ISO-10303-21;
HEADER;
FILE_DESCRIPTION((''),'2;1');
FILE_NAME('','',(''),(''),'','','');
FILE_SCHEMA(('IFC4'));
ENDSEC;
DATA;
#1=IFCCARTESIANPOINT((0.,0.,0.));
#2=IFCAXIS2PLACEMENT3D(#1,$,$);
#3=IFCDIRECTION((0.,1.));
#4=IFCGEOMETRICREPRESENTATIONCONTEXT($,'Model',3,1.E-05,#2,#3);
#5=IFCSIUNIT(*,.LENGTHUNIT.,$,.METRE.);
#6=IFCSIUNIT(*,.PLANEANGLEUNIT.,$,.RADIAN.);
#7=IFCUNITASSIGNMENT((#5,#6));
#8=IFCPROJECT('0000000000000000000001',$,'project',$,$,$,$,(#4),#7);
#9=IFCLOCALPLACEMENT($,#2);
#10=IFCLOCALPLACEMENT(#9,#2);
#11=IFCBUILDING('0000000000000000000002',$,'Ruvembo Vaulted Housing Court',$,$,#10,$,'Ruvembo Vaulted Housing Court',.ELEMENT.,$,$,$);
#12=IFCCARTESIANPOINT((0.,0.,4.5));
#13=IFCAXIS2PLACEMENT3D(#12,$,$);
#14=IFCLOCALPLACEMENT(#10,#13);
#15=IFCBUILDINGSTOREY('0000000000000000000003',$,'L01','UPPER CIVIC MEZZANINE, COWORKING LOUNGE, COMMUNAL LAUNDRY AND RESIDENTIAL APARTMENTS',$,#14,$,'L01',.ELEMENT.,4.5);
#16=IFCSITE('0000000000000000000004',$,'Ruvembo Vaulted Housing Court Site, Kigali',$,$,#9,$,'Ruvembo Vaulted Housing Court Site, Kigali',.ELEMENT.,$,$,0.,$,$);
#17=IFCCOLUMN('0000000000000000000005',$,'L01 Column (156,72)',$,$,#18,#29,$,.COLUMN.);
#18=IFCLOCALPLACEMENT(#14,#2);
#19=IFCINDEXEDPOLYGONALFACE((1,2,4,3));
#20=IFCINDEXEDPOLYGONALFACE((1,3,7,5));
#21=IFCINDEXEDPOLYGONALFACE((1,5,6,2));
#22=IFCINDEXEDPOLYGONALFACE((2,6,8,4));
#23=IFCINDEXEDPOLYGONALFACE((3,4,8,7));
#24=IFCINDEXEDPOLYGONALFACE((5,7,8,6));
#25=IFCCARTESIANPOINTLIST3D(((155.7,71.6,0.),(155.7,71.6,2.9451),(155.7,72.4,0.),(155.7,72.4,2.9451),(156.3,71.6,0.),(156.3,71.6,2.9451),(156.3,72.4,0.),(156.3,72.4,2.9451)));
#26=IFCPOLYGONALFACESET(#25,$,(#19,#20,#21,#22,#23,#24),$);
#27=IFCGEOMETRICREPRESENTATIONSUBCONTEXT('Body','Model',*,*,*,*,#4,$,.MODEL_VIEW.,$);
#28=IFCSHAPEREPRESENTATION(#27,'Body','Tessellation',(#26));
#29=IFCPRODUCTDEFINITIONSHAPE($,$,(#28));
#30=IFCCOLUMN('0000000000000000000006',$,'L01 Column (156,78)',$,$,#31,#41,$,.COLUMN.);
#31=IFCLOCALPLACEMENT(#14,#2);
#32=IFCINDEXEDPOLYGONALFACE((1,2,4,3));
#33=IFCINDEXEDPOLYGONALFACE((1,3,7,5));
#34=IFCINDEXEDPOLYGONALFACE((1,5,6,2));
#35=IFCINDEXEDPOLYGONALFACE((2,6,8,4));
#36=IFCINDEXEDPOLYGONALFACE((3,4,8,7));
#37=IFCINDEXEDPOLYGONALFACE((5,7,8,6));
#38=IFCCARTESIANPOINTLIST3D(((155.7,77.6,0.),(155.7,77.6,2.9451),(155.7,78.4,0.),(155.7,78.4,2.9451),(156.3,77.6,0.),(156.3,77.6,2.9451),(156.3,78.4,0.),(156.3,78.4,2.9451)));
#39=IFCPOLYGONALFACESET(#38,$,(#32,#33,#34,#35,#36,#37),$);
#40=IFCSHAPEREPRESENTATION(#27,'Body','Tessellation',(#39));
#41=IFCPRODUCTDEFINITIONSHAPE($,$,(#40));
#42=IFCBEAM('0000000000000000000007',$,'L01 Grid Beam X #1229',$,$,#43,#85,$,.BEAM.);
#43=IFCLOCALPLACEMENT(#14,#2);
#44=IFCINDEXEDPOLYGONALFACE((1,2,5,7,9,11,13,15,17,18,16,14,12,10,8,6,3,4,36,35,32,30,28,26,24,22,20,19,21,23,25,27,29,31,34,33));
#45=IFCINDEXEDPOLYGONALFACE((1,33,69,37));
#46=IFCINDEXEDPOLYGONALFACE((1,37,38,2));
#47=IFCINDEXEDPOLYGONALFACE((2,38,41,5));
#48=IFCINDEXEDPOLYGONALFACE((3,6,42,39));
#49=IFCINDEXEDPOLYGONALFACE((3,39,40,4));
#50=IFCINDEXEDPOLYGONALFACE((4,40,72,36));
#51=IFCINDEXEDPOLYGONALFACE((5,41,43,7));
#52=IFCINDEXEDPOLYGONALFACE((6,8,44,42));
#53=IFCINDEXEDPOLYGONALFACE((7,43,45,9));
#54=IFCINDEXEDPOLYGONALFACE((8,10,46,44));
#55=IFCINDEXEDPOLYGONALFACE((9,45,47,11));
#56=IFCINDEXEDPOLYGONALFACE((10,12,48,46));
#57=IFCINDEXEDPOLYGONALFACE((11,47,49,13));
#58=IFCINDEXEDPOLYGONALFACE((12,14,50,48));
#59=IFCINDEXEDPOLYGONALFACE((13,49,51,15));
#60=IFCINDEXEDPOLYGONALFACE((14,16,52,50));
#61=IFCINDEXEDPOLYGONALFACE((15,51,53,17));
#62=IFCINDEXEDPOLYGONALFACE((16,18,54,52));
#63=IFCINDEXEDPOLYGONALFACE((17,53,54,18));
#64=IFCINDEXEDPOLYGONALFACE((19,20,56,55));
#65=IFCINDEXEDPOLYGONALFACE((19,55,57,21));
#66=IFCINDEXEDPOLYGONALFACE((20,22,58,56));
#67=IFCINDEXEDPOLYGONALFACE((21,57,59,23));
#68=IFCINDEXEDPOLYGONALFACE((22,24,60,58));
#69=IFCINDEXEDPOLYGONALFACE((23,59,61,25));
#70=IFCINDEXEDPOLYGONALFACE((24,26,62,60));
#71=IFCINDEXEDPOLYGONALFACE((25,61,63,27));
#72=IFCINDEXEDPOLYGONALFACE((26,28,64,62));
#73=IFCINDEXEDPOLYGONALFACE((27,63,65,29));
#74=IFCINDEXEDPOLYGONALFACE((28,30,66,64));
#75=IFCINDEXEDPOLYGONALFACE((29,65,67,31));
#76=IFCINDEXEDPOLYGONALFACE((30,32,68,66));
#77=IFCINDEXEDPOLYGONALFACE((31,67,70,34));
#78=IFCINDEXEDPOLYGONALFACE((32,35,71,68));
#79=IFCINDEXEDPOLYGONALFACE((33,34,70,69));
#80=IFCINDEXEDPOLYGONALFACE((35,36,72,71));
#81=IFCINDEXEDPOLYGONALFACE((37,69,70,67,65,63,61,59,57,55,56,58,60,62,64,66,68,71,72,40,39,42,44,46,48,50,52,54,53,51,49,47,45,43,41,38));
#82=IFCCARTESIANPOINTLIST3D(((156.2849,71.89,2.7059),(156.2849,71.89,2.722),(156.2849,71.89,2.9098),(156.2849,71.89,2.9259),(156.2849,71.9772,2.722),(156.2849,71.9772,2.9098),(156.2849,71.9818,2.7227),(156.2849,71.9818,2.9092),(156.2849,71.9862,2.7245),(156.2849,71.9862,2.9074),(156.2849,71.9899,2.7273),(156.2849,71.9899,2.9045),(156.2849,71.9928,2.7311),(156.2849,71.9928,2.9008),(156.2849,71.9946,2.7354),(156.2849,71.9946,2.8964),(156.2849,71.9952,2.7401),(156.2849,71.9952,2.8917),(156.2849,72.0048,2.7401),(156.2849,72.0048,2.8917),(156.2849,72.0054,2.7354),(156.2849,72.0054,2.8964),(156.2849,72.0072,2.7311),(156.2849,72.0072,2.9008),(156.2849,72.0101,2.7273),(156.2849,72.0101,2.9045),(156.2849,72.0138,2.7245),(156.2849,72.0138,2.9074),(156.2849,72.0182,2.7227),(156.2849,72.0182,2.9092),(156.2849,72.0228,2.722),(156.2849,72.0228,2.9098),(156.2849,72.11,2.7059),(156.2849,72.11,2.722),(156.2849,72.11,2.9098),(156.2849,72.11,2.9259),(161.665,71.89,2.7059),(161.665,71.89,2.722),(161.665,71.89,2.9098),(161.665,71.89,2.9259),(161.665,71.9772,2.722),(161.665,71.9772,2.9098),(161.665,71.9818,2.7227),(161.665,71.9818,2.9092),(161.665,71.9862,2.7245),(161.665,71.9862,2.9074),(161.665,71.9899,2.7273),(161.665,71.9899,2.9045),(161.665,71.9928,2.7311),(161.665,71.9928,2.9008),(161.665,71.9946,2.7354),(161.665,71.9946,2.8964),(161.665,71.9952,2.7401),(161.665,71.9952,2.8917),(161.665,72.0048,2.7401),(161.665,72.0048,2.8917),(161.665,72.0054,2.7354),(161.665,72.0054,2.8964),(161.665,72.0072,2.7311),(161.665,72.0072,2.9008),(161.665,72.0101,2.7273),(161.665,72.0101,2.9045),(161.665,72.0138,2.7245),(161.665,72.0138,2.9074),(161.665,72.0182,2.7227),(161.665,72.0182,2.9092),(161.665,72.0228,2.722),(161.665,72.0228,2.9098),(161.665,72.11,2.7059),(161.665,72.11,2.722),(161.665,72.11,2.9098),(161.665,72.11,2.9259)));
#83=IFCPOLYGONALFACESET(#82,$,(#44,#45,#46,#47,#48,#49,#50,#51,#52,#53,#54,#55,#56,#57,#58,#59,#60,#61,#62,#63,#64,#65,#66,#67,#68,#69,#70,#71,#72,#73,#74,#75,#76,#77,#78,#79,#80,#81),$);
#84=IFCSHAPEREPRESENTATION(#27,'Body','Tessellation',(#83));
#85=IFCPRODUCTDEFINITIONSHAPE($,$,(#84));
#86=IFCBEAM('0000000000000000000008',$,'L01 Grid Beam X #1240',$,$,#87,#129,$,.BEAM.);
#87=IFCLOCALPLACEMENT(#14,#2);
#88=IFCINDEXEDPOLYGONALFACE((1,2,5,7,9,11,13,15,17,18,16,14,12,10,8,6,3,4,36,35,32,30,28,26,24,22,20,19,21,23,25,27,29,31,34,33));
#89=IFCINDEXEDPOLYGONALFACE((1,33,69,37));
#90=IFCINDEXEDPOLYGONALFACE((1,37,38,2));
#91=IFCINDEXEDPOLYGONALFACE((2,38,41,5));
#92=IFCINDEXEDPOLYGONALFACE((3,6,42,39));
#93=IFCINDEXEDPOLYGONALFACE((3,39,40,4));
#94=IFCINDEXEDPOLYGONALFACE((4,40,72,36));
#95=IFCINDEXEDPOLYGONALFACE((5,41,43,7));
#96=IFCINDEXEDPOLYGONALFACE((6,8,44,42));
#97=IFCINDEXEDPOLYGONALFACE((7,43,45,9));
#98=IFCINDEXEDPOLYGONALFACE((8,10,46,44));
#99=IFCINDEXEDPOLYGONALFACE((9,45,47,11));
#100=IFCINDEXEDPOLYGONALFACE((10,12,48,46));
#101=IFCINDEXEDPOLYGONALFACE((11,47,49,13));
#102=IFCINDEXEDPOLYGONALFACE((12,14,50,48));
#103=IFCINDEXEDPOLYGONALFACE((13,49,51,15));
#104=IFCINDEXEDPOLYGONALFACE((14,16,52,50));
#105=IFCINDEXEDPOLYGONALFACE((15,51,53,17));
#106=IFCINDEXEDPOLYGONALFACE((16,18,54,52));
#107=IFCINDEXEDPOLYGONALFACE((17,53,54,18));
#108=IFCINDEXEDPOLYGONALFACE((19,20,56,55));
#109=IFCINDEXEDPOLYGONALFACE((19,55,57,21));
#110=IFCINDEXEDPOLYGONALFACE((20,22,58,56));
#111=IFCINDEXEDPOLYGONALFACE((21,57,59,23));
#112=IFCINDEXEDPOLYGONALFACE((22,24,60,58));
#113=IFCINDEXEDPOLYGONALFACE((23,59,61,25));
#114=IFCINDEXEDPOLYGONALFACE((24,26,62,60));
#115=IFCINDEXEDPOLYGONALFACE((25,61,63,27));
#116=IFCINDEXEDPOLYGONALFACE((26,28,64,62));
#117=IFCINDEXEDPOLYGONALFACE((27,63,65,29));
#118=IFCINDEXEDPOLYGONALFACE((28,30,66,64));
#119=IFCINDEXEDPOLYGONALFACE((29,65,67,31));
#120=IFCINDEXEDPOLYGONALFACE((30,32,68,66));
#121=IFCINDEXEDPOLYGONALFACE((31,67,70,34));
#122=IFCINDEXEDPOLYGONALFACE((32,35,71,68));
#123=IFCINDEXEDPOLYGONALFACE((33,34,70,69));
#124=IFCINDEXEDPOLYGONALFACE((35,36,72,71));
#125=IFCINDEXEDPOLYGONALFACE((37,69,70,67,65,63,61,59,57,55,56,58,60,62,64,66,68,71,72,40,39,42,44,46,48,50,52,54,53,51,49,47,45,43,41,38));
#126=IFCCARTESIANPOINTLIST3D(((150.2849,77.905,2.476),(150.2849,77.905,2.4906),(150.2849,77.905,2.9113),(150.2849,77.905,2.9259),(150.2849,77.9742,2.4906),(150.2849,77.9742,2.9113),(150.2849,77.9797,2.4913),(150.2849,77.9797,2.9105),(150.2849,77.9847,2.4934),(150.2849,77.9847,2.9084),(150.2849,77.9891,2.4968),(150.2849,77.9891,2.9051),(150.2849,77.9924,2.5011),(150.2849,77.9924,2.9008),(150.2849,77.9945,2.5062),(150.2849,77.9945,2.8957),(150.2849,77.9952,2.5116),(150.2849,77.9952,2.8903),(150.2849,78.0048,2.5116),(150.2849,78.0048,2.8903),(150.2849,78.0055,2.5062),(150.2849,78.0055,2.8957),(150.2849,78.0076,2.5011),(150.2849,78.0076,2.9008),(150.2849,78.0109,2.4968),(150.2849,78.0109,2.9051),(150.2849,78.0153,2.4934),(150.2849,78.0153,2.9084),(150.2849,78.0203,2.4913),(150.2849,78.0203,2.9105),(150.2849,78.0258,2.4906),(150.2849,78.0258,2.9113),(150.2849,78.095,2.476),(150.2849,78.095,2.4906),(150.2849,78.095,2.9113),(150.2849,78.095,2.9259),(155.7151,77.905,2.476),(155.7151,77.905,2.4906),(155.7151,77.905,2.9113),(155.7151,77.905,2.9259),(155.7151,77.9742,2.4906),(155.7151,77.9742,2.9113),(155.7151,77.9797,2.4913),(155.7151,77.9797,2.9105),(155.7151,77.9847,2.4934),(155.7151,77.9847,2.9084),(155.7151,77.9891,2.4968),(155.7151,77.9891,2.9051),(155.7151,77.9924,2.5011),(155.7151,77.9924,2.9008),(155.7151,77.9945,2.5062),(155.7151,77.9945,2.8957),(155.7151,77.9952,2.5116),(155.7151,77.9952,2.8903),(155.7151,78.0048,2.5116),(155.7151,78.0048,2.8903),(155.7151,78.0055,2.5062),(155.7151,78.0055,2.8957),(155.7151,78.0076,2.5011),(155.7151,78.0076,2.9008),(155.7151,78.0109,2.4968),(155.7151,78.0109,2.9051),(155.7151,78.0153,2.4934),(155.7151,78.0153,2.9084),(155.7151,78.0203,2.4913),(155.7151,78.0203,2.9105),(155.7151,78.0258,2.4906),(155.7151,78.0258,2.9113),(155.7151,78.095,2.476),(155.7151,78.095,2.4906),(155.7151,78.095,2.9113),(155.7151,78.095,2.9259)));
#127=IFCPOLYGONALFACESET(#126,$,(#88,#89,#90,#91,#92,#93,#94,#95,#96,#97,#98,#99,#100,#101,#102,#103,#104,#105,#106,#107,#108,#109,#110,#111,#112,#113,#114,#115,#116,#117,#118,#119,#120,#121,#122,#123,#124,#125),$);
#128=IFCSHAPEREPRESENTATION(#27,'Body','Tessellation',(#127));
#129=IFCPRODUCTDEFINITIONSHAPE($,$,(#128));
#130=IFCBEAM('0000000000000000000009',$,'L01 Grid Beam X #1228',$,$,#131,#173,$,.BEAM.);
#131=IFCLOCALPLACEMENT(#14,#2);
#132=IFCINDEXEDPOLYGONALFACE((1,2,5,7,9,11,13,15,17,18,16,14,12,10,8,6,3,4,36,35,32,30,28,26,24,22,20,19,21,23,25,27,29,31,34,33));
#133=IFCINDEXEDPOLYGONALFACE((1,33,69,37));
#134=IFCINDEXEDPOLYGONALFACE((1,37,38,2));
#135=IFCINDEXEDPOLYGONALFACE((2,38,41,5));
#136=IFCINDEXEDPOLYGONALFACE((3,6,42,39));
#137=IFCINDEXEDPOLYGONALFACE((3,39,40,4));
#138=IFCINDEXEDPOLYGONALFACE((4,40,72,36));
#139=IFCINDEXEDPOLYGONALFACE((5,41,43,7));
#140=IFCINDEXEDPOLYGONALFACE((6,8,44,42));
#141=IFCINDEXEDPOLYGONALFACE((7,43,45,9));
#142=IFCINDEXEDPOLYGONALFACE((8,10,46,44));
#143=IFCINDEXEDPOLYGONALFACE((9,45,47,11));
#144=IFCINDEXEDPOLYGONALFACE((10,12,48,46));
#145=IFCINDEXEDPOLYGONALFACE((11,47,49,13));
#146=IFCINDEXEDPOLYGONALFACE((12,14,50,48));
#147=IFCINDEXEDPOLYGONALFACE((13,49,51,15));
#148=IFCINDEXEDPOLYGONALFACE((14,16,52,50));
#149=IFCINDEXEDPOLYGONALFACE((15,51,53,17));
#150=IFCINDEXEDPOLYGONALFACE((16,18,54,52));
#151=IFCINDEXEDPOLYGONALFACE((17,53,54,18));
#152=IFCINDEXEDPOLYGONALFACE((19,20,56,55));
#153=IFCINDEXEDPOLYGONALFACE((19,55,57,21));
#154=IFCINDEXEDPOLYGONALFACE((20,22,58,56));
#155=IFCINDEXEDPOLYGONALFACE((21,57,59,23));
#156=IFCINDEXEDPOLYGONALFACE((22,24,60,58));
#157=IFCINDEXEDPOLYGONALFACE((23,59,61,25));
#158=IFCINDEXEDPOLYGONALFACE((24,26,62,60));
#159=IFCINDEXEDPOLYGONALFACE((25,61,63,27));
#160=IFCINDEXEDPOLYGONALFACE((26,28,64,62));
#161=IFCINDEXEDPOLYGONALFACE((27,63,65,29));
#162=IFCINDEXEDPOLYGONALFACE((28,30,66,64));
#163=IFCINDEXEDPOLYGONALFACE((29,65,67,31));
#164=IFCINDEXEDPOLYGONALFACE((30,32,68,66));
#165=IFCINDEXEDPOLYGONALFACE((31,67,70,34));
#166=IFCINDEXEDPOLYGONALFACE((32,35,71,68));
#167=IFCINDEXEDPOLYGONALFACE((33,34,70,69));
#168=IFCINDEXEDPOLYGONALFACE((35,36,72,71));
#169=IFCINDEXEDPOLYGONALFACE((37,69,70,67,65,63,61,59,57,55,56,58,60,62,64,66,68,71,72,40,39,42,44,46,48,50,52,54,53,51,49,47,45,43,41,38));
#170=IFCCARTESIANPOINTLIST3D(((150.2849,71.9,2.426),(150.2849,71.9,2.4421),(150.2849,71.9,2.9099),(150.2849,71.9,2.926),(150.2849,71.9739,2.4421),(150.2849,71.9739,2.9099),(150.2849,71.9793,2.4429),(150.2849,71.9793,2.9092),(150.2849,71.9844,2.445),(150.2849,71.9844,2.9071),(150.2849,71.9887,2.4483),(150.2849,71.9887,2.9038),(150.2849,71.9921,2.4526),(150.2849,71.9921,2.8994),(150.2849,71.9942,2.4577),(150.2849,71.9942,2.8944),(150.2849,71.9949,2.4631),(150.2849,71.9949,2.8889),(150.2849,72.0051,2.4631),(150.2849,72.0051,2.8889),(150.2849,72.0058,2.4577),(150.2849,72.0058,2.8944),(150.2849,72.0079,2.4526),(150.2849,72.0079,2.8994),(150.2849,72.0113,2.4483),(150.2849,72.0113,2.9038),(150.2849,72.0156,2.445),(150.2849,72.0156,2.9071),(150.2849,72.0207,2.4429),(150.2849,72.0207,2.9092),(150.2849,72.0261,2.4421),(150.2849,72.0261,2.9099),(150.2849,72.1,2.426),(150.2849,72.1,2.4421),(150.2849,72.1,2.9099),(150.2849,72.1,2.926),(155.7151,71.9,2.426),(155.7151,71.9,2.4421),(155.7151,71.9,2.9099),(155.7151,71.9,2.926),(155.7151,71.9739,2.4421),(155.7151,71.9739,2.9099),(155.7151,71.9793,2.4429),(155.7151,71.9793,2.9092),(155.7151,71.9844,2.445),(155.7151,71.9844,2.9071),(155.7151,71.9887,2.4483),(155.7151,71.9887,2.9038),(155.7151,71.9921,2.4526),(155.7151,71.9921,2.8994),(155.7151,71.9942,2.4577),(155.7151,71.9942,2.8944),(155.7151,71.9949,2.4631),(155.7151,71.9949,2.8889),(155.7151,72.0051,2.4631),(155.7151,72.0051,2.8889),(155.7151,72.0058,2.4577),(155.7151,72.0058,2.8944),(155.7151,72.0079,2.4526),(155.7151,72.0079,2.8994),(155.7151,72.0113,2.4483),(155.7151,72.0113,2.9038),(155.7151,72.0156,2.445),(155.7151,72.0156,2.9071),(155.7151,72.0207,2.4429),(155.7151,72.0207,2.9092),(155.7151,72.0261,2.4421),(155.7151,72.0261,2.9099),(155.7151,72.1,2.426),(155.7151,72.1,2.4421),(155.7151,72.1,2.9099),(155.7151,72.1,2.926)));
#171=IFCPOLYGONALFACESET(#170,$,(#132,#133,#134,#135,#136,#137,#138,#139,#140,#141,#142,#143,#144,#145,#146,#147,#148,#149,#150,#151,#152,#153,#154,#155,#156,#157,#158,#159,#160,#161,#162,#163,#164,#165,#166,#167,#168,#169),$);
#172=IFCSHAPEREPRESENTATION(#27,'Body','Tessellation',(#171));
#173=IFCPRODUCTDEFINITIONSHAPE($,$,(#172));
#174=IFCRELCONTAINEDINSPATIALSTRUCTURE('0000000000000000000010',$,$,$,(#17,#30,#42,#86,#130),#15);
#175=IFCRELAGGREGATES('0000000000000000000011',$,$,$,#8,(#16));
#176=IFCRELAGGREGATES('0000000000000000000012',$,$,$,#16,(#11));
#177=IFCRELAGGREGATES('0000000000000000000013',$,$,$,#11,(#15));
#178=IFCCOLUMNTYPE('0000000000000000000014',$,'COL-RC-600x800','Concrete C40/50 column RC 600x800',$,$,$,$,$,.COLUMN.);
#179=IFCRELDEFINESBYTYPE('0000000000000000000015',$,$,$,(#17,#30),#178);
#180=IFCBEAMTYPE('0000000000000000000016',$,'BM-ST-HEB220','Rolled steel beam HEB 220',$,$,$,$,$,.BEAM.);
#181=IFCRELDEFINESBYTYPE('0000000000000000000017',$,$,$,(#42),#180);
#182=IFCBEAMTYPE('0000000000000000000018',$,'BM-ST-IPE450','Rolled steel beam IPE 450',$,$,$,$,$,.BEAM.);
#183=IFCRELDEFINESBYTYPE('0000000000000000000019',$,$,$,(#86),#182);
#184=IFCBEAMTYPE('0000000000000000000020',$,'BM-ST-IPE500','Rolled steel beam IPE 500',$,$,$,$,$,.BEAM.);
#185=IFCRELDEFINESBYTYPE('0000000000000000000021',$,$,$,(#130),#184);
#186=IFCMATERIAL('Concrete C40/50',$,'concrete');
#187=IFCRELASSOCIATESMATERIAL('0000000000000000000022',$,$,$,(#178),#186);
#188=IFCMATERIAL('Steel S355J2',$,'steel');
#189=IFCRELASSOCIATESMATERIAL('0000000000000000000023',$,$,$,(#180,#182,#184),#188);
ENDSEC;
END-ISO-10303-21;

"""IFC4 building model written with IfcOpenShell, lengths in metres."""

from ifc_helpers import new_model, si_unit, direction, frame, origin, origin_2d, place, context, subcontext, project, spatial, rectangle, i_section, extrude, material, material_profile, profile_set, type_object, element, save


model = new_model("IFC4")

# Units and contexts
model_context = context("Model", 3, precision=1e-05, world=origin(), true_north=direction((0.0, 1.0)))
body_context = subcontext(model_context, "Body", "Model", "MODEL_VIEW")
ifc_project = project(units=[si_unit("LENGTHUNIT", "METRE"), si_unit("PLANEANGLEUNIT", "RADIAN")], contexts=[model_context])

# Site, building, storey
site_placement = place(None, origin())
site = spatial("IfcSite", under=ifc_project, at=site_placement, Name="Ruvembo Vaulted Housing Court Site, Kigali", LongName="Ruvembo Vaulted Housing Court Site, Kigali", CompositionType="ELEMENT", RefElevation=0.0)
building_placement = place(site_placement, origin())
building = spatial("IfcBuilding", under=site, at=building_placement, Name="Ruvembo Vaulted Housing Court", LongName="Ruvembo Vaulted Housing Court", CompositionType="ELEMENT")
storey_placement = place(building_placement, frame((0.0, 0.0, 4.5)))
storey = spatial("IfcBuildingStorey", under=building, at=storey_placement, Name="L01", Description="UPPER CIVIC MEZZANINE, COWORKING LOUNGE, COMMUNAL LAUNDRY AND RESIDENTIAL APARTMENTS", LongName="L01", CompositionType="ELEMENT", Elevation=4.5)

# Columns
ifc_material_1 = material(Name="Concrete C40/50", Category="concrete")
ifc_material_profile_1 = material_profile(ifc_material_1, rectangle(XDim=0.6001, YDim=0.8, at=origin_2d()), Name="RC 600x800")
ifc_profile_set_1 = profile_set([ifc_material_profile_1], Name="Concrete C40/50")
column_type = type_object("IfcColumnType", Name="COL-RC-600x800", Description="Concrete C40/50 column RC 600x800", PredefinedType="COLUMN", material=ifc_profile_set_1)
for number, where, z_axis, x_axis, name in (
    (1, (156.0, 72.0, 0.0), (0.0, 0.0, 1.0), (1.0, 0.0, 0.0), "L01 Column (156,72)"),
    (2, (156.0, 78.0, 0.0), (0.0, 0.0, 1.0), (1.0, 0.0, 0.0), "L01 Column (156,78)"),
):
    element("IfcColumn", number, at=place(storey_placement, frame(where, z_axis=z_axis, x_axis=x_axis)), inside=storey, type_object=column_type, Name=name, PredefinedType="COLUMN", context=body_context, shape_type="SweptSolid", body=[
        extrude(rectangle(XDim=0.6001, YDim=0.8, at=origin_2d()), origin(), (0.0, 0.0, 1.0), 2.9451),
    ])

# Beams
ifc_material_2 = material(Name="Steel S355J2", Category="steel")
ifc_material_profile_2 = material_profile(ifc_material_2, i_section(OverallWidth=0.22, OverallDepth=0.22, WebThickness=0.0095, FlangeThickness=0.0161, FilletRadius=0.0181, at=origin_2d()), Name="HEB 220")
ifc_profile_set_2 = profile_set([ifc_material_profile_2], Name="Steel S355J2")
beam_type_1 = type_object("IfcBeamType", Name="BM-ST-HEB220", Description="Rolled steel beam HEB 220", PredefinedType="BEAM", material=ifc_profile_set_2)
beam_1_placement = place(storey_placement, frame((156.2849, 72.0, 2.8159), z_axis=(1.0, 0.0, 0.0), x_axis=(0.0, 1.0, 0.0)))
element("IfcBeam", 3, at=beam_1_placement, inside=storey, type_object=beam_type_1, Name="L01 Grid Beam X #1229", PredefinedType="BEAM", context=body_context, shape_type="SweptSolid", body=[
    extrude(i_section(OverallWidth=0.22, OverallDepth=0.22, WebThickness=0.0095, FlangeThickness=0.0161, FilletRadius=0.0181, at=origin_2d()), origin(), (0.0, 0.0, 1.0), 5.3801),
])
ifc_material_profile_3 = material_profile(ifc_material_2, i_section(OverallWidth=0.1899, OverallDepth=0.45, WebThickness=0.0095, FlangeThickness=0.0146, FilletRadius=0.021, at=origin_2d()), Name="IPE 450")
ifc_profile_set_3 = profile_set([ifc_material_profile_3], Name="Steel S355J2")
beam_type_2 = type_object("IfcBeamType", Name="BM-ST-IPE450", Description="Rolled steel beam IPE 450", PredefinedType="BEAM", material=ifc_profile_set_3)
beam_2_placement = place(storey_placement, frame((150.2849, 78.0, 2.7009), z_axis=(1.0, 0.0, 0.0), x_axis=(0.0, 1.0, 0.0)))
element("IfcBeam", 4, at=beam_2_placement, inside=storey, type_object=beam_type_2, Name="L01 Grid Beam X #1240", PredefinedType="BEAM", context=body_context, shape_type="SweptSolid", body=[
    extrude(i_section(OverallWidth=0.1899, OverallDepth=0.45, WebThickness=0.0095, FlangeThickness=0.0146, FilletRadius=0.021, at=origin_2d()), origin(), (0.0, 0.0, 1.0), 5.4302),
])
ifc_material_profile_4 = material_profile(ifc_material_2, i_section(OverallWidth=0.2, OverallDepth=0.5, WebThickness=0.0103, FlangeThickness=0.0161, FilletRadius=0.021, at=origin_2d()), Name="IPE 500")
ifc_profile_set_4 = profile_set([ifc_material_profile_4], Name="Steel S355J2")
beam_type_3 = type_object("IfcBeamType", Name="BM-ST-IPE500", Description="Rolled steel beam IPE 500", PredefinedType="BEAM", material=ifc_profile_set_4)
beam_3_placement = place(storey_placement, frame((150.2849, 72.0, 2.676), z_axis=(1.0, 0.0, 0.0), x_axis=(0.0, 1.0, 0.0)))
element("IfcBeam", 5, at=beam_3_placement, inside=storey, type_object=beam_type_3, Name="L01 Grid Beam X #1228", PredefinedType="BEAM", context=body_context, shape_type="SweptSolid", body=[
    extrude(i_section(OverallWidth=0.2, OverallDepth=0.5, WebThickness=0.0103, FlangeThickness=0.0161, FilletRadius=0.021, at=origin_2d()), origin(), (0.0, 0.0, 1.0), 5.4302),
])

save(model, "model.ifc")
